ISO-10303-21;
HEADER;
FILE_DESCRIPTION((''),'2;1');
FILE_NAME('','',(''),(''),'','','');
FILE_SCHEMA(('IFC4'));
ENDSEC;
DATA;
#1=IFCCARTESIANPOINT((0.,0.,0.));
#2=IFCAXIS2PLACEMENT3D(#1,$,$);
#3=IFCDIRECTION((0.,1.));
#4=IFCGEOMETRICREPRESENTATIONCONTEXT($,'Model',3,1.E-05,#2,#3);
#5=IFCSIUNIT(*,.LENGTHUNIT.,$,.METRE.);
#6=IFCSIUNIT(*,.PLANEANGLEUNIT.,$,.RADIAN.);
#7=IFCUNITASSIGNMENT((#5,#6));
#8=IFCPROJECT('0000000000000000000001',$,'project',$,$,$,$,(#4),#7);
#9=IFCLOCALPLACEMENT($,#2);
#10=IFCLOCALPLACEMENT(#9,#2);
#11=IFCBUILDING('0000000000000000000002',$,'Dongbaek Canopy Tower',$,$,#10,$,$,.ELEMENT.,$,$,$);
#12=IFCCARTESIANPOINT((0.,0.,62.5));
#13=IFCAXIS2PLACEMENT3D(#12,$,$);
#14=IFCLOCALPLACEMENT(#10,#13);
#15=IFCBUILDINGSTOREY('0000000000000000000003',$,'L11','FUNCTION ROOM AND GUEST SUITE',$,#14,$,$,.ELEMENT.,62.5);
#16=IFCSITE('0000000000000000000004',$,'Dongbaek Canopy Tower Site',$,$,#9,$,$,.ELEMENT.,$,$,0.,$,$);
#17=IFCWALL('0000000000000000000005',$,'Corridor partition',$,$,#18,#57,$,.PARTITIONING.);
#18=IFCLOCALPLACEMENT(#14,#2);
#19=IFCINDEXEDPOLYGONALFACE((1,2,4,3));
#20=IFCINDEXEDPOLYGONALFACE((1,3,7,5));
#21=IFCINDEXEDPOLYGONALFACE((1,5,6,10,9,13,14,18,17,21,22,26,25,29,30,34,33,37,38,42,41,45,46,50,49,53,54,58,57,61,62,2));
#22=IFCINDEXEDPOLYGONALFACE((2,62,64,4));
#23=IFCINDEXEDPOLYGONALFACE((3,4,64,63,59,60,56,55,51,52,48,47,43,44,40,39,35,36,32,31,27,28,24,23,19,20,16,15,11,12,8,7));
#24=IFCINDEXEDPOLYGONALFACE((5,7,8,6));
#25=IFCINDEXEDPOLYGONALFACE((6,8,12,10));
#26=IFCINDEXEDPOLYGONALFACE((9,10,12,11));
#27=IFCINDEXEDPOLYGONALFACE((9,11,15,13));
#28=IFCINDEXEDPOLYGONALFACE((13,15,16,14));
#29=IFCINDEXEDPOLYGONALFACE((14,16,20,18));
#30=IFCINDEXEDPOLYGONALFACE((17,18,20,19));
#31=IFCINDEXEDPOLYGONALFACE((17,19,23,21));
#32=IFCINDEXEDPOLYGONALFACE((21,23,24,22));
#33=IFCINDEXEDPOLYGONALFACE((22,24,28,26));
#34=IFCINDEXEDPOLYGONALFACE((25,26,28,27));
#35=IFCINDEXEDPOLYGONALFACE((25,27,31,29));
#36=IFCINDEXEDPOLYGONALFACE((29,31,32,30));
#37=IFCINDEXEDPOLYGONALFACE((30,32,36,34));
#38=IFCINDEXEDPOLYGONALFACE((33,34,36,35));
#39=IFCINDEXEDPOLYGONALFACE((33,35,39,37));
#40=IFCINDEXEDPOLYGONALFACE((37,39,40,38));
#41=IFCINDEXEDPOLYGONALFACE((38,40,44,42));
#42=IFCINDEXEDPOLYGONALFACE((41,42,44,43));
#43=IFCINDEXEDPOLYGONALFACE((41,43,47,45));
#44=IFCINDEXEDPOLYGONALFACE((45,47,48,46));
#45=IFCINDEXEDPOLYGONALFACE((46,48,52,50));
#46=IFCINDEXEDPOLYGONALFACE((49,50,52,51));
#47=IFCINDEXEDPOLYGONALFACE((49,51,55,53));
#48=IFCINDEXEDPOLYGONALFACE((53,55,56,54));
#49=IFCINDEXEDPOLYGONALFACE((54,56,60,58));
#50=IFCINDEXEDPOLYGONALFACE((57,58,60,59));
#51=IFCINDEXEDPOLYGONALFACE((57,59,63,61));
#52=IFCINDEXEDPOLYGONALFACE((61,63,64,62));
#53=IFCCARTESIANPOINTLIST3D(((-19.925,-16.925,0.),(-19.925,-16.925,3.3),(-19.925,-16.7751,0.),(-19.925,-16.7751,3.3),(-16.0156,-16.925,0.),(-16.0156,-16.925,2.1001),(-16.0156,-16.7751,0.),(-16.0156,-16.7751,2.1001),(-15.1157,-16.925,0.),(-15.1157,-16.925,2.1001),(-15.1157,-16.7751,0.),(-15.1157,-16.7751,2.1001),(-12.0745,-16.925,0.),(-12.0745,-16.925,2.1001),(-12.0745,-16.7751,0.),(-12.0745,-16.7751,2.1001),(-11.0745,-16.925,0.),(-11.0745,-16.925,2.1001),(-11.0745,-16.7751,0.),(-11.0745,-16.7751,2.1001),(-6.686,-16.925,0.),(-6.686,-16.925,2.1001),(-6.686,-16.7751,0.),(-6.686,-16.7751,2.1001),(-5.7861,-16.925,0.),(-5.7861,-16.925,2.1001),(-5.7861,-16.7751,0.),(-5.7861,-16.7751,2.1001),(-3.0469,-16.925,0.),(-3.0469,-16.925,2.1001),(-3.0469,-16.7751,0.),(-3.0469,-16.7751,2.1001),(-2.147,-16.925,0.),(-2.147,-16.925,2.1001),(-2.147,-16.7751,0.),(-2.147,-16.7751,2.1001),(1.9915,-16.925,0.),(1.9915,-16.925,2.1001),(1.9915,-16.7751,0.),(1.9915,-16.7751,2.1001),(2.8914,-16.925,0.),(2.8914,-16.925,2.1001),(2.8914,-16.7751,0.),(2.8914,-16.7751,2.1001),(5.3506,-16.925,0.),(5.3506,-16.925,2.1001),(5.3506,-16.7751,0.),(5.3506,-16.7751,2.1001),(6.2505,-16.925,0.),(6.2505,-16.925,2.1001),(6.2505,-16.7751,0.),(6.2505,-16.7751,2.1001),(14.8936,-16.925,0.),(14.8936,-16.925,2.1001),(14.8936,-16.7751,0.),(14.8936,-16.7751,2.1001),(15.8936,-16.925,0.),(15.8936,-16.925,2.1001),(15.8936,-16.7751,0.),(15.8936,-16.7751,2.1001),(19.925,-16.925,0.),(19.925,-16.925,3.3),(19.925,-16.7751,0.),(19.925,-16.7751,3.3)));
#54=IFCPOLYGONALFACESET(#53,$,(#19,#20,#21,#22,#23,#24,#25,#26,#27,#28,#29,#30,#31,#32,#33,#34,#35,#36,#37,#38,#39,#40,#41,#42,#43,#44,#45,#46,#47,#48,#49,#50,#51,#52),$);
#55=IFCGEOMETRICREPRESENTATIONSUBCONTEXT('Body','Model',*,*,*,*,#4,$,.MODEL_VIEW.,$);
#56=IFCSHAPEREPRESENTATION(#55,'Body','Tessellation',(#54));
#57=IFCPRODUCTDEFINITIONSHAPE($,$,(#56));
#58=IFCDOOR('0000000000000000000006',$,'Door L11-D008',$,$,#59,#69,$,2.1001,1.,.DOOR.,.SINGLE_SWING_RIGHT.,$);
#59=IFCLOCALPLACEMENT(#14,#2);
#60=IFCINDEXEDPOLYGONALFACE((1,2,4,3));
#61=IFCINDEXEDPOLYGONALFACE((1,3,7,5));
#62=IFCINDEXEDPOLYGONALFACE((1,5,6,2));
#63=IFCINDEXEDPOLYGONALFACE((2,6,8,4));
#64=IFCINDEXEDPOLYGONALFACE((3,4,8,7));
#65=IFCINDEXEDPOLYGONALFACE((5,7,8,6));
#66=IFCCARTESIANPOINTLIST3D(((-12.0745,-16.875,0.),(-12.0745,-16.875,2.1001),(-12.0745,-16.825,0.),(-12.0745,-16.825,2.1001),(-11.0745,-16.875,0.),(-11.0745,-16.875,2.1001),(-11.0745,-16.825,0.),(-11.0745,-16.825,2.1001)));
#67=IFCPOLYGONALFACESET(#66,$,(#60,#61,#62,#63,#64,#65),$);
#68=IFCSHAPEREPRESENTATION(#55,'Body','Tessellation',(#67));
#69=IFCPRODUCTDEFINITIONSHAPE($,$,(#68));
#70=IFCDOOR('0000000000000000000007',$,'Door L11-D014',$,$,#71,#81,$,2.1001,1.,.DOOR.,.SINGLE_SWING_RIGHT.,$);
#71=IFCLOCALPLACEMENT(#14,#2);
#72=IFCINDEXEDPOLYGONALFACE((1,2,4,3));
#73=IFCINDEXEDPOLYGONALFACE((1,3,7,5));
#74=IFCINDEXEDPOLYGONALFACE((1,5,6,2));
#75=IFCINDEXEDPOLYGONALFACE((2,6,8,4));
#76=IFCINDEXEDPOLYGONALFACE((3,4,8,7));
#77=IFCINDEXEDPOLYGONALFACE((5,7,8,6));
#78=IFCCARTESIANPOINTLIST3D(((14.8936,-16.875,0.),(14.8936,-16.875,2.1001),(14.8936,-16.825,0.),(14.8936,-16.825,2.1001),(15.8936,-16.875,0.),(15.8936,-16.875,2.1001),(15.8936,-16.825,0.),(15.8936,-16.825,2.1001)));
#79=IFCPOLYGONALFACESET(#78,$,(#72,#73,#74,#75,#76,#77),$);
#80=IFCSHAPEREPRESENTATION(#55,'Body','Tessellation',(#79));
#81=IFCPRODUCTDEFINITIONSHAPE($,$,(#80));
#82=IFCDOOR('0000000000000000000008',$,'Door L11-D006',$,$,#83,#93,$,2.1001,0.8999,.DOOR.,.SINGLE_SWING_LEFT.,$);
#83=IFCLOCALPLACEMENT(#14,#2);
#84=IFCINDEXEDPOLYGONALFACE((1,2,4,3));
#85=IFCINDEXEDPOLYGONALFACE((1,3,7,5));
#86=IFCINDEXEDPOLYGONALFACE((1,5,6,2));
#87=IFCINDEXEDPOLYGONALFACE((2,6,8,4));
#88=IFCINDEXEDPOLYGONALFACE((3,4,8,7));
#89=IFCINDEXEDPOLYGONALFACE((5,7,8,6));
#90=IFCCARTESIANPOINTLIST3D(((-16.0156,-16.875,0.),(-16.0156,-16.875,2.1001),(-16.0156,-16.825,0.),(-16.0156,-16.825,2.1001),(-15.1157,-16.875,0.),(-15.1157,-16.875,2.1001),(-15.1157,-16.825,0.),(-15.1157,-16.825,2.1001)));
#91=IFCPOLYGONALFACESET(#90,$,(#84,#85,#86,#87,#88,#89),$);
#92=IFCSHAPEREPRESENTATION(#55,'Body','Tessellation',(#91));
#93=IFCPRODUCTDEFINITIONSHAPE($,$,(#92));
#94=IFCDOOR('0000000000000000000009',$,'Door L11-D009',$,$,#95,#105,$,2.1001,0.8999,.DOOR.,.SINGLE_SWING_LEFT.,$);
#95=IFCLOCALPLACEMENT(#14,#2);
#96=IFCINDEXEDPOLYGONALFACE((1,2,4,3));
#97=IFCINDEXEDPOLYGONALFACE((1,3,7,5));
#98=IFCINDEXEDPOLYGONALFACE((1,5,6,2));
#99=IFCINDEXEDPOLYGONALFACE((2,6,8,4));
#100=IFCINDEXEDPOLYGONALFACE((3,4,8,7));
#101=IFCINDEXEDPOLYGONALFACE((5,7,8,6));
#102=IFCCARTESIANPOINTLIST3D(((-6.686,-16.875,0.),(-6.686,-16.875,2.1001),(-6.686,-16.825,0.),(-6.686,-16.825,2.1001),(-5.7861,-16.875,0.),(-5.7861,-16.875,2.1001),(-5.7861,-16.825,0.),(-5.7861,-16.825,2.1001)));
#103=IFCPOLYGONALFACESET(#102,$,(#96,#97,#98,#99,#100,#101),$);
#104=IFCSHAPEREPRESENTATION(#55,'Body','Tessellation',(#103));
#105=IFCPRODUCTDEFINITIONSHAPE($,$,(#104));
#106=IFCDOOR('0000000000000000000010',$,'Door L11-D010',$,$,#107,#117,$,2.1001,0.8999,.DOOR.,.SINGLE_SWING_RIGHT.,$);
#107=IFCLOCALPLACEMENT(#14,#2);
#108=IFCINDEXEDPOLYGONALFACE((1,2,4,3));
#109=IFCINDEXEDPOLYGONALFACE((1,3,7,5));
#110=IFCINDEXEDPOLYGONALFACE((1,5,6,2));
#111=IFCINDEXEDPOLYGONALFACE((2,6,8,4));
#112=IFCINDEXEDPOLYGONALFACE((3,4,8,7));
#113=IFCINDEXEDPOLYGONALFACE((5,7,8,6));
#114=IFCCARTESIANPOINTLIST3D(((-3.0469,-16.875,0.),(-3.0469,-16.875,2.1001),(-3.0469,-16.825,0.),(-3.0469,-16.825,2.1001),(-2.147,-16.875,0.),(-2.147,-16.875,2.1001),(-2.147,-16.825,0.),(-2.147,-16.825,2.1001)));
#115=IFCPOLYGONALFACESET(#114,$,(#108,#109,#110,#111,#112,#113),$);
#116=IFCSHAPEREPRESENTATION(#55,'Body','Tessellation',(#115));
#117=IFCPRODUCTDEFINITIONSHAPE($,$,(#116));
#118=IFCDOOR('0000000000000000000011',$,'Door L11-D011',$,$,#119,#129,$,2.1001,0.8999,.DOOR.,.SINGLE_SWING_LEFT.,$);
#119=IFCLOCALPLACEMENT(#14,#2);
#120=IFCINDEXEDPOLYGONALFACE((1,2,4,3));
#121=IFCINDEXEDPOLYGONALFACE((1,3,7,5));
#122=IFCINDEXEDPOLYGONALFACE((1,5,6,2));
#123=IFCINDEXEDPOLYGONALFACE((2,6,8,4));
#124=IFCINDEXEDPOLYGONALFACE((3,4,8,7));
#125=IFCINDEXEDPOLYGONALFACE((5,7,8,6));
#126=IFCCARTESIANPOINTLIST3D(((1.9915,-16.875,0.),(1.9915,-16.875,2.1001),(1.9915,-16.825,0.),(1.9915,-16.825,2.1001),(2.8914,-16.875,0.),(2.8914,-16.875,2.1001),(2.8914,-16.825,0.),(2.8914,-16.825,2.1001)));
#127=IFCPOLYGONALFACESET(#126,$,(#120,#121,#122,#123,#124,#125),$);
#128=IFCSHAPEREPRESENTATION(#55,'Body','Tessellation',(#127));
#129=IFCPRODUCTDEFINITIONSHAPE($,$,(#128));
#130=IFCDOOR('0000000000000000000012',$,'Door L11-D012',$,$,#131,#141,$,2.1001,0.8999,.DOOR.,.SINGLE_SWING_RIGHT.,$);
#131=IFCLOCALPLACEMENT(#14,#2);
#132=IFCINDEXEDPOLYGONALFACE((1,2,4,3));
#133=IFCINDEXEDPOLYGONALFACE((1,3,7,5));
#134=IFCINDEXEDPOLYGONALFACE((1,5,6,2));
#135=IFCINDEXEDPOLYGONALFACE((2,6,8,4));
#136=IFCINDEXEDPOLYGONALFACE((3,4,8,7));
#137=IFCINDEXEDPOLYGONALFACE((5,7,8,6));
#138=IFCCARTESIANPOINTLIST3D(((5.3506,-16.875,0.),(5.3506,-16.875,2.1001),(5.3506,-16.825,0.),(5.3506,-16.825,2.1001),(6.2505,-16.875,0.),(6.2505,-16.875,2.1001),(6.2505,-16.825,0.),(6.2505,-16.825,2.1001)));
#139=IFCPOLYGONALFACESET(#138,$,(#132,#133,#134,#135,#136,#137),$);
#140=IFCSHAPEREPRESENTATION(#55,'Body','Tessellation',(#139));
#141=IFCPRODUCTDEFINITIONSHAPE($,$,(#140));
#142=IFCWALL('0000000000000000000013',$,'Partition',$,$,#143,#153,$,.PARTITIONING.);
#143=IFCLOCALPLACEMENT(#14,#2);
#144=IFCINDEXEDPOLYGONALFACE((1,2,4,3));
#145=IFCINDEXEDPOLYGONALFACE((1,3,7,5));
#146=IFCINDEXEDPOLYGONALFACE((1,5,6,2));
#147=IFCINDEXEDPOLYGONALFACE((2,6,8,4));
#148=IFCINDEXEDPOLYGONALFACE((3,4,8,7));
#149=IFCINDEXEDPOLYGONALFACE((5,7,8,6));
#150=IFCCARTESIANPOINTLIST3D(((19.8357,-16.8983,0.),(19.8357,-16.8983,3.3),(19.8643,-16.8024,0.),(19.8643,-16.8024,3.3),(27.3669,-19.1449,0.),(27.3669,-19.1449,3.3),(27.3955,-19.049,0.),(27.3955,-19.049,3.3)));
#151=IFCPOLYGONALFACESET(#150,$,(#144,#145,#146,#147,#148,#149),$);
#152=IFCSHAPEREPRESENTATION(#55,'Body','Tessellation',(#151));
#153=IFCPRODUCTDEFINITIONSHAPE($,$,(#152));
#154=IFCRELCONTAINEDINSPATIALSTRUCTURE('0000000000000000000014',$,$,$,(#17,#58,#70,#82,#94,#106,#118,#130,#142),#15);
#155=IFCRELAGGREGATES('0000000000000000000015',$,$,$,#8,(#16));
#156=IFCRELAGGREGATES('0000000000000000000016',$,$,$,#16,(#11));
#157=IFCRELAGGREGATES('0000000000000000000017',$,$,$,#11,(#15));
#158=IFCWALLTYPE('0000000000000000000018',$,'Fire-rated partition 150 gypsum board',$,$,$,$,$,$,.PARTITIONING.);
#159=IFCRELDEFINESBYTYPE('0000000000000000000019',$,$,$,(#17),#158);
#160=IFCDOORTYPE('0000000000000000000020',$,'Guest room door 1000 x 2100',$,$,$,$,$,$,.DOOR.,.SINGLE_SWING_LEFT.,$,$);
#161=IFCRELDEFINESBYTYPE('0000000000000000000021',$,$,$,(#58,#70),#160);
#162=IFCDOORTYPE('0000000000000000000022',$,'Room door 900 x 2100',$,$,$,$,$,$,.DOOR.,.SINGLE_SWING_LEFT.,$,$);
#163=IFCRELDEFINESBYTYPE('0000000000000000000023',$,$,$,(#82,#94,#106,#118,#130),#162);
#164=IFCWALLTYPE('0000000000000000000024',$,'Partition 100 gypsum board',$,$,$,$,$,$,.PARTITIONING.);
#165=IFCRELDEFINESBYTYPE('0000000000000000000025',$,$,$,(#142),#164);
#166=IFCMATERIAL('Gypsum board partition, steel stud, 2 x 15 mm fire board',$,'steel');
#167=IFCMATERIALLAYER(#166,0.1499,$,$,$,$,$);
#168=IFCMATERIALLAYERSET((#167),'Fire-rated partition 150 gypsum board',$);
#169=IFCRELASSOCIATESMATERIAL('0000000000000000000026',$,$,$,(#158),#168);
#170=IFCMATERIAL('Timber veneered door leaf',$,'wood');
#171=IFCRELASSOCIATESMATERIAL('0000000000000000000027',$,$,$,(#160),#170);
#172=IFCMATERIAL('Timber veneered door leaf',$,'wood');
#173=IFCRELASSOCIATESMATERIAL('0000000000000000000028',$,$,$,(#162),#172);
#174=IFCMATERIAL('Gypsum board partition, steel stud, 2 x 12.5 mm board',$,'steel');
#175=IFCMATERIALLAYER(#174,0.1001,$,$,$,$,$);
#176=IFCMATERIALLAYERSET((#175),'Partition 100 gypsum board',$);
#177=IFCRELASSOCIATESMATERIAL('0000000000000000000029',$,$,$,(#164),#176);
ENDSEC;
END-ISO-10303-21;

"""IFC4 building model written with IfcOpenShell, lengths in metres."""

from ifc_helpers import new_model, si_unit, direction, frame, frame_2d, origin, place, context, subcontext, project, spatial, rectangle, extrude, material, layer, layer_set, type_object, element, fill, save


model = new_model("IFC4")

# Units and contexts
model_context = context("Model", 3, precision=1e-05, world=origin(), true_north=direction((0.0, 1.0)))
body_context = subcontext(model_context, "Body", "Model", "MODEL_VIEW")
ifc_project = project(units=[si_unit("LENGTHUNIT", "METRE"), si_unit("PLANEANGLEUNIT", "RADIAN")], contexts=[model_context])

# Site, building, storey
site_placement = place(None, origin())
site = spatial("IfcSite", under=ifc_project, at=site_placement, Name="Dongbaek Canopy Tower Site", CompositionType="ELEMENT", RefElevation=0.0)
building_placement = place(site_placement, origin())
building = spatial("IfcBuilding", under=site, at=building_placement, Name="Dongbaek Canopy Tower", CompositionType="ELEMENT")
storey_placement = place(building_placement, frame((0.0, 0.0, 62.5)))
storey = spatial("IfcBuildingStorey", under=building, at=storey_placement, Name="L11", Description="FUNCTION ROOM AND GUEST SUITE", CompositionType="ELEMENT", Elevation=62.5)

# Wall, openings, doors
ifc_material_1 = material(Name="Gypsum board partition, steel stud, 2 x 15 mm fire board", Category="steel")
ifc_layer_1 = layer(ifc_material_1, 0.1499)
ifc_layer_set_1 = layer_set([ifc_layer_1], Name="Fire-rated partition 150 gypsum board")
wall_type_1 = type_object("IfcWallType", Name="Fire-rated partition 150 gypsum board", PredefinedType="PARTITIONING", material=ifc_layer_set_1)
wall_1_placement = place(storey_placement, frame((19.925, -16.8501, 0.0), z_axis=(0.0, 0.0, 1.0), x_axis=(-1.0, 0.0, 0.0)))
wall_1 = element("IfcWall", 1, at=wall_1_placement, inside=storey, type_object=wall_type_1, Name="Corridor partition", PredefinedType="PARTITIONING", context=body_context, shape_type="SweptSolid", body=[
    extrude(rectangle(XDim=39.8501, YDim=0.1499, at=frame_2d((19.925, 0.0))), origin(), (0.0, 0.0, 1.0), 3.3),
])
opening_1_placement = place(wall_1_placement, frame((35.0408, 0.0, 0.0)))
opening_1 = element("IfcOpeningElement", 2, at=opening_1_placement, cuts=wall_1, PredefinedType="OPENING", context=body_context, shape_type="SweptSolid", body=[
    extrude(rectangle(XDim=0.8999, YDim=2.1001, at=frame_2d((0.45, 1.05))), frame((0.0, 0.085, 0.0), z_axis=(0.0, -1.0, 0.0), x_axis=(1.0, 0.0, 0.0)), (0.0, 0.0, 1.0), 0.1699),
])
opening_2_placement = place(wall_1_placement, frame((30.9995, 0.0, 0.0)))
opening_2 = element("IfcOpeningElement", 3, at=opening_2_placement, cuts=wall_1, PredefinedType="OPENING", context=body_context, shape_type="SweptSolid", body=[
    extrude(rectangle(XDim=1.0, YDim=2.1001, at=frame_2d((0.5, 1.05))), frame((0.0, 0.085, 0.0), z_axis=(0.0, -1.0, 0.0), x_axis=(1.0, 0.0, 0.0)), (0.0, 0.0, 1.0), 0.1699),
])
opening_3_placement = place(wall_1_placement, frame((25.7112, 0.0, 0.0)))
opening_3 = element("IfcOpeningElement", 4, at=opening_3_placement, cuts=wall_1, PredefinedType="OPENING", context=body_context, shape_type="SweptSolid", body=[
    extrude(rectangle(XDim=0.8999, YDim=2.1001, at=frame_2d((0.45, 1.05))), frame((0.0, 0.085, 0.0), z_axis=(0.0, -1.0, 0.0), x_axis=(1.0, 0.0, 0.0)), (0.0, 0.0, 1.0), 0.1699),
])
opening_4_placement = place(wall_1_placement, frame((22.072, 0.0, 0.0)))
opening_4 = element("IfcOpeningElement", 5, at=opening_4_placement, cuts=wall_1, PredefinedType="OPENING", context=body_context, shape_type="SweptSolid", body=[
    extrude(rectangle(XDim=0.8999, YDim=2.1001, at=frame_2d((0.45, 1.05))), frame((0.0, 0.085, 0.0), z_axis=(0.0, -1.0, 0.0), x_axis=(1.0, 0.0, 0.0)), (0.0, 0.0, 1.0), 0.1699),
])
opening_5_placement = place(wall_1_placement, frame((17.0337, 0.0, 0.0)))
opening_5 = element("IfcOpeningElement", 6, at=opening_5_placement, cuts=wall_1, PredefinedType="OPENING", context=body_context, shape_type="SweptSolid", body=[
    extrude(rectangle(XDim=0.8999, YDim=2.1001, at=frame_2d((0.45, 1.05))), frame((0.0, 0.085, 0.0), z_axis=(0.0, -1.0, 0.0), x_axis=(1.0, 0.0, 0.0)), (0.0, 0.0, 1.0), 0.1699),
])
opening_6_placement = place(wall_1_placement, frame((13.6746, 0.0, 0.0)))
opening_6 = element("IfcOpeningElement", 7, at=opening_6_placement, cuts=wall_1, PredefinedType="OPENING", context=body_context, shape_type="SweptSolid", body=[
    extrude(rectangle(XDim=0.8999, YDim=2.1001, at=frame_2d((0.45, 1.05))), frame((0.0, 0.085, 0.0), z_axis=(0.0, -1.0, 0.0), x_axis=(1.0, 0.0, 0.0)), (0.0, 0.0, 1.0), 0.1699),
])
opening_7_placement = place(wall_1_placement, frame((4.0315, 0.0, 0.0)))
opening_7 = element("IfcOpeningElement", 8, at=opening_7_placement, cuts=wall_1, PredefinedType="OPENING", context=body_context, shape_type="SweptSolid", body=[
    extrude(rectangle(XDim=1.0, YDim=2.1001, at=frame_2d((0.5, 1.05))), frame((0.0, 0.085, 0.0), z_axis=(0.0, -1.0, 0.0), x_axis=(1.0, 0.0, 0.0)), (0.0, 0.0, 1.0), 0.1699),
])
ifc_material_2 = material(Name="Timber veneered door leaf", Category="wood")
door_type_1 = type_object("IfcDoorType", Name="Guest room door 1000 x 2100", OperationType="SINGLE_SWING_LEFT", PredefinedType="DOOR", material=ifc_material_2)
door_1_placement = place(opening_2_placement, origin())
door_1 = element("IfcDoor", 9, at=door_1_placement, inside=storey, type_object=door_type_1, Name="Door L11-D008", OperationType="SINGLE_SWING_RIGHT", OverallHeight=2.1001, OverallWidth=1.0, PredefinedType="DOOR", context=body_context, shape_type="SweptSolid", body=[
    extrude(rectangle(XDim=1.0, YDim=2.1001, at=frame_2d((0.5, 1.05))), frame((0.0, 0.0249, 0.0), z_axis=(0.0, -1.0, 0.0), x_axis=(1.0, 0.0, 0.0)), (0.0, 0.0, 1.0), 0.05),
])
fill(opening_2, door_1)
door_2_placement = place(opening_7_placement, origin())
door_2 = element("IfcDoor", 10, at=door_2_placement, inside=storey, type_object=door_type_1, Name="Door L11-D014", OperationType="SINGLE_SWING_RIGHT", OverallHeight=2.1001, OverallWidth=1.0, PredefinedType="DOOR", context=body_context, shape_type="SweptSolid", body=[
    extrude(rectangle(XDim=1.0, YDim=2.1001, at=frame_2d((0.5, 1.05))), frame((0.0, 0.0249, 0.0), z_axis=(0.0, -1.0, 0.0), x_axis=(1.0, 0.0, 0.0)), (0.0, 0.0, 1.0), 0.05),
])
fill(opening_7, door_2)
ifc_material_3 = material(Name="Timber veneered door leaf", Category="wood")
door_type_2 = type_object("IfcDoorType", Name="Room door 900 x 2100", OperationType="SINGLE_SWING_LEFT", PredefinedType="DOOR", material=ifc_material_3)
door_3_placement = place(opening_1_placement, origin())
door_3 = element("IfcDoor", 11, at=door_3_placement, inside=storey, type_object=door_type_2, Name="Door L11-D006", OperationType="SINGLE_SWING_LEFT", OverallHeight=2.1001, OverallWidth=0.8999, PredefinedType="DOOR", context=body_context, shape_type="SweptSolid", body=[
    extrude(rectangle(XDim=0.8999, YDim=2.1001, at=frame_2d((0.45, 1.05))), frame((0.0, 0.0249, 0.0), z_axis=(0.0, -1.0, 0.0), x_axis=(1.0, 0.0, 0.0)), (0.0, 0.0, 1.0), 0.05),
])
fill(opening_1, door_3)
door_4_placement = place(opening_3_placement, origin())
door_4 = element("IfcDoor", 12, at=door_4_placement, inside=storey, type_object=door_type_2, Name="Door L11-D009", OperationType="SINGLE_SWING_LEFT", OverallHeight=2.1001, OverallWidth=0.8999, PredefinedType="DOOR", context=body_context, shape_type="SweptSolid", body=[
    extrude(rectangle(XDim=0.8999, YDim=2.1001, at=frame_2d((0.45, 1.05))), frame((0.0, 0.0249, 0.0), z_axis=(0.0, -1.0, 0.0), x_axis=(1.0, 0.0, 0.0)), (0.0, 0.0, 1.0), 0.05),
])
fill(opening_3, door_4)
door_5_placement = place(opening_4_placement, origin())
door_5 = element("IfcDoor", 13, at=door_5_placement, inside=storey, type_object=door_type_2, Name="Door L11-D010", OperationType="SINGLE_SWING_RIGHT", OverallHeight=2.1001, OverallWidth=0.8999, PredefinedType="DOOR", context=body_context, shape_type="SweptSolid", body=[
    extrude(rectangle(XDim=0.8999, YDim=2.1001, at=frame_2d((0.45, 1.05))), frame((0.0, 0.0249, 0.0), z_axis=(0.0, -1.0, 0.0), x_axis=(1.0, 0.0, 0.0)), (0.0, 0.0, 1.0), 0.05),
])
fill(opening_4, door_5)
door_6_placement = place(opening_5_placement, origin())
door_6 = element("IfcDoor", 14, at=door_6_placement, inside=storey, type_object=door_type_2, Name="Door L11-D011", OperationType="SINGLE_SWING_LEFT", OverallHeight=2.1001, OverallWidth=0.8999, PredefinedType="DOOR", context=body_context, shape_type="SweptSolid", body=[
    extrude(rectangle(XDim=0.8999, YDim=2.1001, at=frame_2d((0.45, 1.05))), frame((0.0, 0.0249, 0.0), z_axis=(0.0, -1.0, 0.0), x_axis=(1.0, 0.0, 0.0)), (0.0, 0.0, 1.0), 0.05),
])
fill(opening_5, door_6)
door_7_placement = place(opening_6_placement, origin())
door_7 = element("IfcDoor", 15, at=door_7_placement, inside=storey, type_object=door_type_2, Name="Door L11-D012", OperationType="SINGLE_SWING_RIGHT", OverallHeight=2.1001, OverallWidth=0.8999, PredefinedType="DOOR", context=body_context, shape_type="SweptSolid", body=[
    extrude(rectangle(XDim=0.8999, YDim=2.1001, at=frame_2d((0.45, 1.05))), frame((0.0, 0.0249, 0.0), z_axis=(0.0, -1.0, 0.0), x_axis=(1.0, 0.0, 0.0)), (0.0, 0.0, 1.0), 0.05),
])
fill(opening_6, door_7)

# Wall
ifc_material_4 = material(Name="Gypsum board partition, steel stud, 2 x 12.5 mm board", Category="steel")
ifc_layer_2 = layer(ifc_material_4, 0.1001)
ifc_layer_set_2 = layer_set([ifc_layer_2], Name="Partition 100 gypsum board")
wall_type_2 = type_object("IfcWallType", Name="Partition 100 gypsum board", PredefinedType="PARTITIONING", material=ifc_layer_set_2)
wall_2_placement = place(storey_placement, frame((19.8499, -16.8503, 0.0), z_axis=(0.0, 0.0, 1.0), x_axis=(0.958273, -0.285854, 0.0)))
element("IfcWall", 16, at=wall_2_placement, inside=storey, type_object=wall_type_2, Name="Partition", PredefinedType="PARTITIONING", context=body_context, shape_type="SweptSolid", body=[
    extrude(rectangle(XDim=7.8591, YDim=0.1001, at=frame_2d((3.9297, 0.0))), origin(), (0.0, 0.0, 1.0), 3.3),
])

save(model, "model.ifc")
